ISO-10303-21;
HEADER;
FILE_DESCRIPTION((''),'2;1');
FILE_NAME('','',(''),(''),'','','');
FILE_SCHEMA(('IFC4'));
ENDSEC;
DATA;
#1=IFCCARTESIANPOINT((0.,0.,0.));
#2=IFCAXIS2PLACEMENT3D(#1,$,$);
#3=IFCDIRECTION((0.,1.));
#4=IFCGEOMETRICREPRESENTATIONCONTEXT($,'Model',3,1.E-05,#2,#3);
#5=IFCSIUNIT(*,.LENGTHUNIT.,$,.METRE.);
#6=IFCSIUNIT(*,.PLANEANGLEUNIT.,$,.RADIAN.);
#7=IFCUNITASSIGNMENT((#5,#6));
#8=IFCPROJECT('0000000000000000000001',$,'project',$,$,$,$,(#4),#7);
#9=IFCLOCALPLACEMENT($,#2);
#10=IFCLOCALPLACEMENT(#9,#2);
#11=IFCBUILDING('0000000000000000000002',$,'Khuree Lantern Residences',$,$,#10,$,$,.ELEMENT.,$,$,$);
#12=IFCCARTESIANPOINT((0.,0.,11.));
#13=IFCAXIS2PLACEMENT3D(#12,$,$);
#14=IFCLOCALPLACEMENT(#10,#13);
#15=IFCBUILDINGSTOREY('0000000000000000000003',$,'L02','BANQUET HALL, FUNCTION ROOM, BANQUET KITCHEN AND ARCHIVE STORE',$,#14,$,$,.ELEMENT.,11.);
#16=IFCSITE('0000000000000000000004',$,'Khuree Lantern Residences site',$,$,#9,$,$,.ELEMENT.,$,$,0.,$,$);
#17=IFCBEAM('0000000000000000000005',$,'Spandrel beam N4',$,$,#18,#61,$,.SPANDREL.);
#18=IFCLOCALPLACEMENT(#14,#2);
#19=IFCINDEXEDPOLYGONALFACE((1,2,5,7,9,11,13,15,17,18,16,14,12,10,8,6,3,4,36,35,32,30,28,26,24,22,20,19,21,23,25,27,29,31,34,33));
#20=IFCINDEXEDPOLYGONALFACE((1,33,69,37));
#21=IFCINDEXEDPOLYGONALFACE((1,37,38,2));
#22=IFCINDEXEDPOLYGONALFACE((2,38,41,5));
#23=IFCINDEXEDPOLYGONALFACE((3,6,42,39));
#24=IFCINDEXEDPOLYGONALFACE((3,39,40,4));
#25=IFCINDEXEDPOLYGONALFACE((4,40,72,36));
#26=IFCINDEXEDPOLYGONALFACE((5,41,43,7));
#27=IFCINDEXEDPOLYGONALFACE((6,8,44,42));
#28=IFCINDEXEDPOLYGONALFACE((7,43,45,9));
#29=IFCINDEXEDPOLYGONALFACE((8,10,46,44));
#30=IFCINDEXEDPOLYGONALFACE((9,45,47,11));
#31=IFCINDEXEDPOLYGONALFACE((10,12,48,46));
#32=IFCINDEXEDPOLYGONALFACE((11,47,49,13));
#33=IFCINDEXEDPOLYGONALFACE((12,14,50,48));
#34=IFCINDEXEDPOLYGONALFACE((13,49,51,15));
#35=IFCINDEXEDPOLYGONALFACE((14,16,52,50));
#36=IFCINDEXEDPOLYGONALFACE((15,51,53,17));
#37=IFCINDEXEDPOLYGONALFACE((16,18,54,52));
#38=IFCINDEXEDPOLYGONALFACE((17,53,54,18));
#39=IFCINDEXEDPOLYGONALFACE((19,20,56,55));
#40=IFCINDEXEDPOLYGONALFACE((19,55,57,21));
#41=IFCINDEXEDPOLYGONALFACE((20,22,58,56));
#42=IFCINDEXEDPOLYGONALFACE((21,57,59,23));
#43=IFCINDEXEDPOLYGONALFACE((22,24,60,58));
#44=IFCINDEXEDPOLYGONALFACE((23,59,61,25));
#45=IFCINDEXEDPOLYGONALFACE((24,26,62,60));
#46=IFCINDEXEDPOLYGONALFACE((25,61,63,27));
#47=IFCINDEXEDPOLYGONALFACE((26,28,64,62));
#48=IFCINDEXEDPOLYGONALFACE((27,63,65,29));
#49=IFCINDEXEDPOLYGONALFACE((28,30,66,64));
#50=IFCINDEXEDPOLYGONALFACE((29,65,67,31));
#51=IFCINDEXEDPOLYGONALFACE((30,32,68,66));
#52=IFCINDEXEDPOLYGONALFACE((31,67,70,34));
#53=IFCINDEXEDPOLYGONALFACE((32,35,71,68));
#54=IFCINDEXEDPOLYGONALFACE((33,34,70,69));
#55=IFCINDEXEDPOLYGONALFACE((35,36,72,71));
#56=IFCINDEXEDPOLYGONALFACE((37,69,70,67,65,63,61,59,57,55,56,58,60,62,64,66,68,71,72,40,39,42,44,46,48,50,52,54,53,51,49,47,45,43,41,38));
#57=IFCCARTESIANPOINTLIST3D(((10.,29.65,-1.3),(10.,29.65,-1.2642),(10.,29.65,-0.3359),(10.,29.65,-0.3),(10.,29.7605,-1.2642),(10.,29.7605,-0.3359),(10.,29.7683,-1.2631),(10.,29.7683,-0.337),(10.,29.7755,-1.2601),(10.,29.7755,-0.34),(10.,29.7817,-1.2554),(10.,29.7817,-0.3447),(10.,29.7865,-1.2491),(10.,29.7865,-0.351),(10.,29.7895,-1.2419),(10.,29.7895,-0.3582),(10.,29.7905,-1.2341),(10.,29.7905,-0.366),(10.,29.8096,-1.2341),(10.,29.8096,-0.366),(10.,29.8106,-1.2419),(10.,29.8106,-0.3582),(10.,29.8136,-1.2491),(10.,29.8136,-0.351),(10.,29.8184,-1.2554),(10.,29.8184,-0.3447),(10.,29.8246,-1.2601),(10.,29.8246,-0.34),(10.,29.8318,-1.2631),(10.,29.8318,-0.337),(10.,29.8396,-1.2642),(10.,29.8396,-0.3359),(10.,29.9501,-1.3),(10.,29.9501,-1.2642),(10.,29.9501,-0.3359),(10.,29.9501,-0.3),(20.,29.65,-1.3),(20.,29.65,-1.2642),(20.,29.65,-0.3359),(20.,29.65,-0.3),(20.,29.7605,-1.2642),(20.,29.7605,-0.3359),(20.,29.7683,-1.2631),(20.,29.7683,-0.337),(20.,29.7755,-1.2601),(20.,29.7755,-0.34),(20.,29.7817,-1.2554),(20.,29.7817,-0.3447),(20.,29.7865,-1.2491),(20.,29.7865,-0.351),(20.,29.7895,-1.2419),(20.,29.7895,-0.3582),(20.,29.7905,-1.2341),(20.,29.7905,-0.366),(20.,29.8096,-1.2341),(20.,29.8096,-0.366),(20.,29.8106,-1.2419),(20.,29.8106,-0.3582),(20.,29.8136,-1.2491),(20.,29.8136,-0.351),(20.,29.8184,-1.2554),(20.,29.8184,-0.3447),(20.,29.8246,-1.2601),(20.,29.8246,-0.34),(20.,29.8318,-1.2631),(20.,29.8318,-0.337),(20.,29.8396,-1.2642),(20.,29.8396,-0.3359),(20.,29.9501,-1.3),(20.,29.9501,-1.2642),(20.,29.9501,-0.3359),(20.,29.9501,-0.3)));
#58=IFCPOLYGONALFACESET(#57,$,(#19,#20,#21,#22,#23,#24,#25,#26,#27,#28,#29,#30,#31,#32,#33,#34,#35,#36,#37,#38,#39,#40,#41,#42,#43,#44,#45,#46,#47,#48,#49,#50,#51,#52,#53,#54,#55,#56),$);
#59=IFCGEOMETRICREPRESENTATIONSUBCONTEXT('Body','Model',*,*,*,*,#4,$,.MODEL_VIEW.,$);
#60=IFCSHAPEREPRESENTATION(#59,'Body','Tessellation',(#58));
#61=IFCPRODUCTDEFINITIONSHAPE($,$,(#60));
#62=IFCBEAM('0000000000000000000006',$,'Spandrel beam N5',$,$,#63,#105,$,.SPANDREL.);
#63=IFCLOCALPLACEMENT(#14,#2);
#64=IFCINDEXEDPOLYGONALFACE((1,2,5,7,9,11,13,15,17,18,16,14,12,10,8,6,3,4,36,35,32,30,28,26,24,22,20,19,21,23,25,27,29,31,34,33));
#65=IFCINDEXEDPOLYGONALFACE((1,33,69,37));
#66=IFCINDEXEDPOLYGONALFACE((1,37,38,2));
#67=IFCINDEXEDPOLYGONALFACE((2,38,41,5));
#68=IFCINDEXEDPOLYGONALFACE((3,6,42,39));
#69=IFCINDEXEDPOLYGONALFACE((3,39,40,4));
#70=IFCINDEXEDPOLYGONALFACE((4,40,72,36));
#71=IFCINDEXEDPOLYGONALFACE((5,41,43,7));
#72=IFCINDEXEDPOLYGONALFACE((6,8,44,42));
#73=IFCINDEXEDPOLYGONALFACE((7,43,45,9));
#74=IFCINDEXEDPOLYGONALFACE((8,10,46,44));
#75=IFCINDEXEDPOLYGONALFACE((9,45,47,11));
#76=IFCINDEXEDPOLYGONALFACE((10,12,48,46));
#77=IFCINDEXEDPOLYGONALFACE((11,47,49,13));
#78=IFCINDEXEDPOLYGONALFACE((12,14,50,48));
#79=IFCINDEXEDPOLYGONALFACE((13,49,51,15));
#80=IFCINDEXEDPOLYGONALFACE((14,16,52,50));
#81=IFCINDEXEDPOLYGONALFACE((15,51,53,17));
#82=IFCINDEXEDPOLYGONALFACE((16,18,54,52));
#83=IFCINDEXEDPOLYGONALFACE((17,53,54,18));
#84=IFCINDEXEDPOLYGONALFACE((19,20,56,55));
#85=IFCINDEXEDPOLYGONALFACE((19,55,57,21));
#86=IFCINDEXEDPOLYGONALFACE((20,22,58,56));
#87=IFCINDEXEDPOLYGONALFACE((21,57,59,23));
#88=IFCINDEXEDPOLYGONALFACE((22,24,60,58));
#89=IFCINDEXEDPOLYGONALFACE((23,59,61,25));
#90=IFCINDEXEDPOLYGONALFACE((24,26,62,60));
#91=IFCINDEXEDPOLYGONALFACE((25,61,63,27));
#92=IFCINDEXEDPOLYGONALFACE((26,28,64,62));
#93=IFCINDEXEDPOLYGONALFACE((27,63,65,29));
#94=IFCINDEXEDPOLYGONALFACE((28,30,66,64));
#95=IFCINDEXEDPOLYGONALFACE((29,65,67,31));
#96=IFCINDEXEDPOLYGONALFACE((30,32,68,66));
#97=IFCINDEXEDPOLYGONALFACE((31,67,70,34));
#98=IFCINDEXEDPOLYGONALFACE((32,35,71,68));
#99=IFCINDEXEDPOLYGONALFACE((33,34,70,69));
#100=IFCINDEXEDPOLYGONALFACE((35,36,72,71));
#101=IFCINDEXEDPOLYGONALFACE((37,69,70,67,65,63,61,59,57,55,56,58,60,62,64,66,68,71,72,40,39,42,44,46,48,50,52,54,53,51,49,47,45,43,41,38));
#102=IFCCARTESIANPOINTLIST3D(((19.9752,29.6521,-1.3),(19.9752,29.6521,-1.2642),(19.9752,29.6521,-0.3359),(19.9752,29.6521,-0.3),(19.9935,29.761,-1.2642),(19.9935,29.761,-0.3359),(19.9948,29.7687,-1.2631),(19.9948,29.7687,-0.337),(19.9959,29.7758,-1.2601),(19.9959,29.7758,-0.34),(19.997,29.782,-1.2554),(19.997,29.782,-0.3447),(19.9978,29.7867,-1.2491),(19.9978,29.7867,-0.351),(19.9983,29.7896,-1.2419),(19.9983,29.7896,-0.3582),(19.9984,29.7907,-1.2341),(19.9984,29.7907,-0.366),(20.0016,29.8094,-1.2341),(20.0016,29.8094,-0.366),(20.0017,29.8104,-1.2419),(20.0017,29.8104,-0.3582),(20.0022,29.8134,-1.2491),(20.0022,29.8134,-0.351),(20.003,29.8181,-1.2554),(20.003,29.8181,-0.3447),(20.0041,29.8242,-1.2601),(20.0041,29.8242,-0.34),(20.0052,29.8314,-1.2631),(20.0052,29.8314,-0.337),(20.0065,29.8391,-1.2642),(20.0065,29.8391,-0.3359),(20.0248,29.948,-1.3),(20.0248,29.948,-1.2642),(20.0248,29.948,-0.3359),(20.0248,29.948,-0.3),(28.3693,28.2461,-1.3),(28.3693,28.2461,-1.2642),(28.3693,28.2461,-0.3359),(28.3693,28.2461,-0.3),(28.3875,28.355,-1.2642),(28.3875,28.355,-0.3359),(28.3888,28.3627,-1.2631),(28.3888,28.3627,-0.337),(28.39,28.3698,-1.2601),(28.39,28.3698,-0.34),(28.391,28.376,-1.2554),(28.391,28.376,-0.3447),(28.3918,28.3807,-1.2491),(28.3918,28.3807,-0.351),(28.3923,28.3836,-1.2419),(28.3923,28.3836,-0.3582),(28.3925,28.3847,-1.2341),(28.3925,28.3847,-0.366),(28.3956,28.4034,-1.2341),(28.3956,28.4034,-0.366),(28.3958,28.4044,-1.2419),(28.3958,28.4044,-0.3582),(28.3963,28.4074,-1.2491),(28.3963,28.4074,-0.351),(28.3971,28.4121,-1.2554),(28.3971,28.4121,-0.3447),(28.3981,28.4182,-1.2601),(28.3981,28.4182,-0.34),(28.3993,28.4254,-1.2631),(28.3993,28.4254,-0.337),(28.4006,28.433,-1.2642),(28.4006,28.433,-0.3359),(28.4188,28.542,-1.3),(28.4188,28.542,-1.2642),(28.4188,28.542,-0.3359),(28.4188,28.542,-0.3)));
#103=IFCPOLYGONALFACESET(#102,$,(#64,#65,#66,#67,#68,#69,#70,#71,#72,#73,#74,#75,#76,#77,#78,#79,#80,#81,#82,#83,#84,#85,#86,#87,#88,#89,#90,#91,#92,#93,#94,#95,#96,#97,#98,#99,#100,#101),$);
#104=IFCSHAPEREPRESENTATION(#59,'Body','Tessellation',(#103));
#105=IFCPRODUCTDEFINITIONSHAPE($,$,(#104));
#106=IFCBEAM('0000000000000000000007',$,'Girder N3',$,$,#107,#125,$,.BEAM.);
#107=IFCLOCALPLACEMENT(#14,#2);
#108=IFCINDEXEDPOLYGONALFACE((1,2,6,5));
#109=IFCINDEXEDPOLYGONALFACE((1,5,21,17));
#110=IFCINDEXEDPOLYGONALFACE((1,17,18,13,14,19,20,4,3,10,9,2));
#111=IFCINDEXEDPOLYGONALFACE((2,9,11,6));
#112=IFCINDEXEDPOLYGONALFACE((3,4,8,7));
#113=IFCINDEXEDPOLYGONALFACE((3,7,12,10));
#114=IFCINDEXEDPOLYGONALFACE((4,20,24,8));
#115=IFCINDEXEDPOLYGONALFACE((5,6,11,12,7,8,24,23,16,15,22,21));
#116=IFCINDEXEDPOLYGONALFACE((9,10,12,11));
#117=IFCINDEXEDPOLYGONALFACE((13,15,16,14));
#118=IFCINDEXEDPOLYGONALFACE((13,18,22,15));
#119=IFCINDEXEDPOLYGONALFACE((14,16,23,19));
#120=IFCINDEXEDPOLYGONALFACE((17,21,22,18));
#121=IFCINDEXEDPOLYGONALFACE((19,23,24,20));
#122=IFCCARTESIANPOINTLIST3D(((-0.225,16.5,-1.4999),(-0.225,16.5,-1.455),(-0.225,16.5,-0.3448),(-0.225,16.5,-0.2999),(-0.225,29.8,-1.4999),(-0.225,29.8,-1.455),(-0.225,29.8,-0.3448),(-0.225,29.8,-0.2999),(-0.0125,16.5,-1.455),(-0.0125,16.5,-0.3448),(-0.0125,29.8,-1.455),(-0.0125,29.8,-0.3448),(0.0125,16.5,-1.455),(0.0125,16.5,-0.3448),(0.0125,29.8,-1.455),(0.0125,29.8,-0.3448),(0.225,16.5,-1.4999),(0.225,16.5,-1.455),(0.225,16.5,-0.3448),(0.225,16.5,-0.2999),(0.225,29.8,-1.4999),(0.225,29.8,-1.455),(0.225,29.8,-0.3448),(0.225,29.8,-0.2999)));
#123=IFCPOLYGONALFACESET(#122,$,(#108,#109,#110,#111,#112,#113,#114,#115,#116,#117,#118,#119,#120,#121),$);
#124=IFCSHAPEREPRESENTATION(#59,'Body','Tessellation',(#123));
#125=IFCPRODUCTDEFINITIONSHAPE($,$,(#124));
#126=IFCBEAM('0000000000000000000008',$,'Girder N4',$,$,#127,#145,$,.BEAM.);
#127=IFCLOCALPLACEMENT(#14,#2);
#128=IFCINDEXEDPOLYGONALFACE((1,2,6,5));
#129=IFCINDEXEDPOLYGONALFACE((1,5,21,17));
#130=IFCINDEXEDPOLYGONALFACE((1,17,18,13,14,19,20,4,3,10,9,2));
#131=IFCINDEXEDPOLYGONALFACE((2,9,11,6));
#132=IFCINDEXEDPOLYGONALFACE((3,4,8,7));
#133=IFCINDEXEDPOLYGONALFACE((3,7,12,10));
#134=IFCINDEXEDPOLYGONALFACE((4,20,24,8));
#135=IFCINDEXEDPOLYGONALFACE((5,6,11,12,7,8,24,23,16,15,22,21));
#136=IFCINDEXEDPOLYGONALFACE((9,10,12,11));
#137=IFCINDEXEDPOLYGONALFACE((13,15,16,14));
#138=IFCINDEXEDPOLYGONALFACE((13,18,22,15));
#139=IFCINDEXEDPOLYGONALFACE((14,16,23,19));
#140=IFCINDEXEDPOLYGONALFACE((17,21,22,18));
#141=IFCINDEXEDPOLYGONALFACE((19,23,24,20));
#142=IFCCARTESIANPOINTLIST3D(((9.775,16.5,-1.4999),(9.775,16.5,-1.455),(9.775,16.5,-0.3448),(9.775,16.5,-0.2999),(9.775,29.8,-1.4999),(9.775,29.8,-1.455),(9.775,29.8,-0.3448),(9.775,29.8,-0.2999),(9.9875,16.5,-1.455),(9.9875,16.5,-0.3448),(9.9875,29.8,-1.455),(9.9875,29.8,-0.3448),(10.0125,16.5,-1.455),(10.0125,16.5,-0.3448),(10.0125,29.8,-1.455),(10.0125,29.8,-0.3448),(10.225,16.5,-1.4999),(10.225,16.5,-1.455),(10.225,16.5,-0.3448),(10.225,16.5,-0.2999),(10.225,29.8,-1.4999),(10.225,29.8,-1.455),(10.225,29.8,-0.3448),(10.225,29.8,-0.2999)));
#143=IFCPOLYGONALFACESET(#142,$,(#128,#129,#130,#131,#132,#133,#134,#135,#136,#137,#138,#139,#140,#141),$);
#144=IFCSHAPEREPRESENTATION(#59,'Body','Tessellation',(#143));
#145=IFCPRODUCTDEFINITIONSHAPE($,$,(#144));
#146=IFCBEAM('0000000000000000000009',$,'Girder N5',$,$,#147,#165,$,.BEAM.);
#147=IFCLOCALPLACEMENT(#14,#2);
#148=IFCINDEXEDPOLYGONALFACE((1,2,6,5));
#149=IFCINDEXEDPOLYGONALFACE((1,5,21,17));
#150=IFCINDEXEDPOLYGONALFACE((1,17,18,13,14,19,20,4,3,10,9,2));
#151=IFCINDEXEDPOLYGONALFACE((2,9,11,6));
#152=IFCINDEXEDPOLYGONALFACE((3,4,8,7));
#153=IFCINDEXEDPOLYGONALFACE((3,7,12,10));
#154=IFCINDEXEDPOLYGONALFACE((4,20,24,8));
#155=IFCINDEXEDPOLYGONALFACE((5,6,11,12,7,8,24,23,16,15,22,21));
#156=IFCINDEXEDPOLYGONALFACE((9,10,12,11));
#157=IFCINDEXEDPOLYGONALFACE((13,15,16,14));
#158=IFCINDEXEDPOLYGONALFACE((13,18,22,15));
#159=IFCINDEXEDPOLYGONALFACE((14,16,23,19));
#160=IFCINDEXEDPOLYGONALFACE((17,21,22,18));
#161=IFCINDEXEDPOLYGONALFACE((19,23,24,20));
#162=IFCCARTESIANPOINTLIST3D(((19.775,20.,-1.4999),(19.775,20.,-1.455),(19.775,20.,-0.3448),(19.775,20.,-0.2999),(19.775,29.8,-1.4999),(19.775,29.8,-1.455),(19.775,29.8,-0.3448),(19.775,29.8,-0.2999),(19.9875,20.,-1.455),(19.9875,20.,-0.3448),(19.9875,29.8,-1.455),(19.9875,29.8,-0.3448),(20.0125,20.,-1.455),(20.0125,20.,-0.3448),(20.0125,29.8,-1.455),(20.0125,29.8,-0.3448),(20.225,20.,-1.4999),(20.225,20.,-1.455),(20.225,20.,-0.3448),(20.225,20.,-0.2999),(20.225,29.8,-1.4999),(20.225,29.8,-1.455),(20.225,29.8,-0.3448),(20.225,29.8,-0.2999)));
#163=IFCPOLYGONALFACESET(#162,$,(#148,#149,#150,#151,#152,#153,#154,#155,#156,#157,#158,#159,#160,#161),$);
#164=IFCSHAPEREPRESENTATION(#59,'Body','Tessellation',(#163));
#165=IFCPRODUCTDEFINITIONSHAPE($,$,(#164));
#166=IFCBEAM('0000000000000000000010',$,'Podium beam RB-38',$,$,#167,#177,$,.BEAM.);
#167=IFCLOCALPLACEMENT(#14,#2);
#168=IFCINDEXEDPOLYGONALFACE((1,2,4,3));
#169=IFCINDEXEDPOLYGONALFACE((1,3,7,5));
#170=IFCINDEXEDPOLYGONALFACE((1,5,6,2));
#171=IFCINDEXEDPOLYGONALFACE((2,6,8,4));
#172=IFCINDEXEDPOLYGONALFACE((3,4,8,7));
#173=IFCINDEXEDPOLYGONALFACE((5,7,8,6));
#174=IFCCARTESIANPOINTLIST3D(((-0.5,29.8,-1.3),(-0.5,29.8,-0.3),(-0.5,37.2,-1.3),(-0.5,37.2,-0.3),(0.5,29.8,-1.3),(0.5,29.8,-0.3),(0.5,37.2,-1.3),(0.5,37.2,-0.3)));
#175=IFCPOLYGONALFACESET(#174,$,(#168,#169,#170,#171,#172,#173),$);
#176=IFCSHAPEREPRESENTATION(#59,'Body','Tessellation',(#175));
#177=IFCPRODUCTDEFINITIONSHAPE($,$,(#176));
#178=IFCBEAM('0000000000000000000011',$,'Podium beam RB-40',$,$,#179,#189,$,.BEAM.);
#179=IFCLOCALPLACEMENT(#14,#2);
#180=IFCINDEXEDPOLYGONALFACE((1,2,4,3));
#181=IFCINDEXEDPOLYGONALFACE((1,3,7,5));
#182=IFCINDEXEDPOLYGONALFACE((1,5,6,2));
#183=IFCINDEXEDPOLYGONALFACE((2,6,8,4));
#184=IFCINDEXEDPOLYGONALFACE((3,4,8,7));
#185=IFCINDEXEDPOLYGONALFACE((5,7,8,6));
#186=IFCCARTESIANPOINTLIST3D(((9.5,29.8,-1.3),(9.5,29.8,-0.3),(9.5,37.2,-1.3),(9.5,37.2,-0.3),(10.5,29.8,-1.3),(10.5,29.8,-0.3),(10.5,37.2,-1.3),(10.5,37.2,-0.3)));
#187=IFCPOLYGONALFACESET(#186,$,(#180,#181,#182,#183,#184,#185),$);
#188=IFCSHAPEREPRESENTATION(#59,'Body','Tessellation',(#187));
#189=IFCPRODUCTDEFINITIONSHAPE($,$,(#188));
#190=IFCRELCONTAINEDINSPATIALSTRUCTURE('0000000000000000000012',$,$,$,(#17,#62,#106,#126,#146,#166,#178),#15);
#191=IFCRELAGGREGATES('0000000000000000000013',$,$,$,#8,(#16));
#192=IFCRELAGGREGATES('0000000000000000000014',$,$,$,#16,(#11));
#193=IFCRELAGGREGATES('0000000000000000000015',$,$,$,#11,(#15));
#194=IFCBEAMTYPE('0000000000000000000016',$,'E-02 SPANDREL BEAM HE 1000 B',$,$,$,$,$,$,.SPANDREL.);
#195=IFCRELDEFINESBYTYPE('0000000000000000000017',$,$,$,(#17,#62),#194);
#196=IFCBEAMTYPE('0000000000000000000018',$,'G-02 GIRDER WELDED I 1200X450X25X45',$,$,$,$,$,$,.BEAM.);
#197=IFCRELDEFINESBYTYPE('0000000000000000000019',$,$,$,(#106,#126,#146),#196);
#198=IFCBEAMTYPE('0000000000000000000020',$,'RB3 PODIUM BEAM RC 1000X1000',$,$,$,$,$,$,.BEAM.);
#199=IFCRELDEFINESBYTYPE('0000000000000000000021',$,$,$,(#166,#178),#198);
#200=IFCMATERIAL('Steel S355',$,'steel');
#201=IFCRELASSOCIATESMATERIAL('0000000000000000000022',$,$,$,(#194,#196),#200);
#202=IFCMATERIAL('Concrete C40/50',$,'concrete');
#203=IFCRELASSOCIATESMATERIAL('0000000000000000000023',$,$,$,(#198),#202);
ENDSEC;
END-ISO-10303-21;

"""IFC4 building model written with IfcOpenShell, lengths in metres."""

from ifc_helpers import new_model, si_unit, direction, frame, origin, origin_2d, place, context, subcontext, project, spatial, rectangle, i_section, extrude, material, material_profile, profile_set, type_object, element, save


model = new_model("IFC4")

# Units and contexts
model_context = context("Model", 3, precision=1e-05, world=origin(), true_north=direction((0.0, 1.0)))
body_context = subcontext(model_context, "Body", "Model", "MODEL_VIEW")
ifc_project = project(units=[si_unit("LENGTHUNIT", "METRE"), si_unit("PLANEANGLEUNIT", "RADIAN")], contexts=[model_context])

# Site, building, storey
site_placement = place(None, origin())
site = spatial("IfcSite", under=ifc_project, at=site_placement, Name="Khuree Lantern Residences site", CompositionType="ELEMENT", RefElevation=0.0)
building_placement = place(site_placement, origin())
building = spatial("IfcBuilding", under=site, at=building_placement, Name="Khuree Lantern Residences", CompositionType="ELEMENT")
storey_placement = place(building_placement, frame((0.0, 0.0, 11.0)))
storey = spatial("IfcBuildingStorey", under=building, at=storey_placement, Name="L02", Description="BANQUET HALL, FUNCTION ROOM, BANQUET KITCHEN AND ARCHIVE STORE", CompositionType="ELEMENT", Elevation=11.0)

# Beams
ifc_material_1 = material(Name="Steel S355", Category="steel")
ifc_material_profile_1 = material_profile(ifc_material_1, i_section(OverallWidth=0.3, OverallDepth=1.0, WebThickness=0.019, FlangeThickness=0.0359, FilletRadius=0.03, at=origin_2d()), Name="HE 1000 B")
ifc_profile_set_1 = profile_set([ifc_material_profile_1], Name="Steel S355")
beam_type_1 = type_object("IfcBeamType", Name="E-02 SPANDREL BEAM HE 1000 B", PredefinedType="SPANDREL", material=ifc_profile_set_1)
for number, where, z_axis, x_axis, name in (
    (1, (10.0, 29.8, -0.8), (1.0, 0.0, 0.0), (0.0, 1.0, 0.0), "Spandrel beam N4"),
):
    element("IfcBeam", number, at=place(storey_placement, frame(where, z_axis=z_axis, x_axis=x_axis)), inside=storey, type_object=beam_type_1, Name=name, PredefinedType="SPANDREL", context=body_context, shape_type="SweptSolid", body=[
        extrude(i_section(OverallWidth=0.3, OverallDepth=1.0, WebThickness=0.019, FlangeThickness=0.0359, FilletRadius=0.03, at=origin_2d()), origin(), (0.0, 0.0, 1.0), 10.0),
    ])
beam_1_placement = place(storey_placement, frame((20.0, 29.8, -0.8), z_axis=(0.98626, -0.165199, 0.0), x_axis=(0.165199, 0.98626, 0.0)))
element("IfcBeam", 2, at=beam_1_placement, inside=storey, type_object=beam_type_1, Name="Spandrel beam N5", PredefinedType="SPANDREL", context=body_context, shape_type="SweptSolid", body=[
    extrude(i_section(OverallWidth=0.3, OverallDepth=1.0, WebThickness=0.019, FlangeThickness=0.0359, FilletRadius=0.03, at=origin_2d()), origin(), (0.0, 0.0, 1.0), 8.511),
])
ifc_material_profile_2 = material_profile(ifc_material_1, i_section(OverallWidth=0.45, OverallDepth=1.2, WebThickness=0.0249, FlangeThickness=0.0449, at=origin_2d()), Name="WELDED I 1200X450X25X45")
ifc_profile_set_2 = profile_set([ifc_material_profile_2], Name="Steel S355")
beam_type_2 = type_object("IfcBeamType", Name="G-02 GIRDER WELDED I 1200X450X25X45", PredefinedType="BEAM", material=ifc_profile_set_2)
for number, where, z_axis, x_axis, name in (
    (3, (0.0, 29.8, -0.8999), (0.0, -1.0, 0.0), (1.0, 0.0, 0.0), "Girder N3"),
    (4, (10.0, 29.8, -0.8999), (0.0, -1.0, 0.0), (1.0, 0.0, 0.0), "Girder N4"),
):
    element("IfcBeam", number, at=place(storey_placement, frame(where, z_axis=z_axis, x_axis=x_axis)), inside=storey, type_object=beam_type_2, Name=name, PredefinedType="BEAM", context=body_context, shape_type="SweptSolid", body=[
        extrude(i_section(OverallWidth=0.45, OverallDepth=1.2, WebThickness=0.0249, FlangeThickness=0.0449, at=origin_2d()), origin(), (0.0, 0.0, 1.0), 13.3),
    ])
beam_2_placement = place(storey_placement, frame((20.0, 29.8, -0.8999), z_axis=(0.0, -1.0, 0.0), x_axis=(1.0, 0.0, 0.0)))
element("IfcBeam", 5, at=beam_2_placement, inside=storey, type_object=beam_type_2, Name="Girder N5", PredefinedType="BEAM", context=body_context, shape_type="SweptSolid", body=[
    extrude(i_section(OverallWidth=0.45, OverallDepth=1.2, WebThickness=0.0249, FlangeThickness=0.0449, at=origin_2d()), origin(), (0.0, 0.0, 1.0), 9.8),
])
ifc_material_2 = material(Name="Concrete C40/50", Category="concrete")
ifc_material_profile_3 = material_profile(ifc_material_2, rectangle(XDim=1.0, YDim=1.0, at=origin_2d()), Name="RC 1000X1000")
ifc_profile_set_3 = profile_set([ifc_material_profile_3], Name="Concrete C40/50")
beam_type_3 = type_object("IfcBeamType", Name="RB3 PODIUM BEAM RC 1000X1000", PredefinedType="BEAM", material=ifc_profile_set_3)
for number, where, z_axis, x_axis, name in (
    (6, (0.0, 29.8, -0.8), (0.0, 1.0, 0.0), (-1.0, 0.0, 0.0), "Podium beam RB-38"),
    (7, (10.0, 29.8, -0.8), (0.0, 1.0, 0.0), (-1.0, 0.0, 0.0), "Podium beam RB-40"),
):
    element("IfcBeam", number, at=place(storey_placement, frame(where, z_axis=z_axis, x_axis=x_axis)), inside=storey, type_object=beam_type_3, Name=name, PredefinedType="BEAM", context=body_context, shape_type="SweptSolid", body=[
        extrude(rectangle(XDim=1.0, YDim=1.0, at=origin_2d()), origin(), (0.0, 0.0, 1.0), 7.3999),
    ])

save(model, "model.ifc")
